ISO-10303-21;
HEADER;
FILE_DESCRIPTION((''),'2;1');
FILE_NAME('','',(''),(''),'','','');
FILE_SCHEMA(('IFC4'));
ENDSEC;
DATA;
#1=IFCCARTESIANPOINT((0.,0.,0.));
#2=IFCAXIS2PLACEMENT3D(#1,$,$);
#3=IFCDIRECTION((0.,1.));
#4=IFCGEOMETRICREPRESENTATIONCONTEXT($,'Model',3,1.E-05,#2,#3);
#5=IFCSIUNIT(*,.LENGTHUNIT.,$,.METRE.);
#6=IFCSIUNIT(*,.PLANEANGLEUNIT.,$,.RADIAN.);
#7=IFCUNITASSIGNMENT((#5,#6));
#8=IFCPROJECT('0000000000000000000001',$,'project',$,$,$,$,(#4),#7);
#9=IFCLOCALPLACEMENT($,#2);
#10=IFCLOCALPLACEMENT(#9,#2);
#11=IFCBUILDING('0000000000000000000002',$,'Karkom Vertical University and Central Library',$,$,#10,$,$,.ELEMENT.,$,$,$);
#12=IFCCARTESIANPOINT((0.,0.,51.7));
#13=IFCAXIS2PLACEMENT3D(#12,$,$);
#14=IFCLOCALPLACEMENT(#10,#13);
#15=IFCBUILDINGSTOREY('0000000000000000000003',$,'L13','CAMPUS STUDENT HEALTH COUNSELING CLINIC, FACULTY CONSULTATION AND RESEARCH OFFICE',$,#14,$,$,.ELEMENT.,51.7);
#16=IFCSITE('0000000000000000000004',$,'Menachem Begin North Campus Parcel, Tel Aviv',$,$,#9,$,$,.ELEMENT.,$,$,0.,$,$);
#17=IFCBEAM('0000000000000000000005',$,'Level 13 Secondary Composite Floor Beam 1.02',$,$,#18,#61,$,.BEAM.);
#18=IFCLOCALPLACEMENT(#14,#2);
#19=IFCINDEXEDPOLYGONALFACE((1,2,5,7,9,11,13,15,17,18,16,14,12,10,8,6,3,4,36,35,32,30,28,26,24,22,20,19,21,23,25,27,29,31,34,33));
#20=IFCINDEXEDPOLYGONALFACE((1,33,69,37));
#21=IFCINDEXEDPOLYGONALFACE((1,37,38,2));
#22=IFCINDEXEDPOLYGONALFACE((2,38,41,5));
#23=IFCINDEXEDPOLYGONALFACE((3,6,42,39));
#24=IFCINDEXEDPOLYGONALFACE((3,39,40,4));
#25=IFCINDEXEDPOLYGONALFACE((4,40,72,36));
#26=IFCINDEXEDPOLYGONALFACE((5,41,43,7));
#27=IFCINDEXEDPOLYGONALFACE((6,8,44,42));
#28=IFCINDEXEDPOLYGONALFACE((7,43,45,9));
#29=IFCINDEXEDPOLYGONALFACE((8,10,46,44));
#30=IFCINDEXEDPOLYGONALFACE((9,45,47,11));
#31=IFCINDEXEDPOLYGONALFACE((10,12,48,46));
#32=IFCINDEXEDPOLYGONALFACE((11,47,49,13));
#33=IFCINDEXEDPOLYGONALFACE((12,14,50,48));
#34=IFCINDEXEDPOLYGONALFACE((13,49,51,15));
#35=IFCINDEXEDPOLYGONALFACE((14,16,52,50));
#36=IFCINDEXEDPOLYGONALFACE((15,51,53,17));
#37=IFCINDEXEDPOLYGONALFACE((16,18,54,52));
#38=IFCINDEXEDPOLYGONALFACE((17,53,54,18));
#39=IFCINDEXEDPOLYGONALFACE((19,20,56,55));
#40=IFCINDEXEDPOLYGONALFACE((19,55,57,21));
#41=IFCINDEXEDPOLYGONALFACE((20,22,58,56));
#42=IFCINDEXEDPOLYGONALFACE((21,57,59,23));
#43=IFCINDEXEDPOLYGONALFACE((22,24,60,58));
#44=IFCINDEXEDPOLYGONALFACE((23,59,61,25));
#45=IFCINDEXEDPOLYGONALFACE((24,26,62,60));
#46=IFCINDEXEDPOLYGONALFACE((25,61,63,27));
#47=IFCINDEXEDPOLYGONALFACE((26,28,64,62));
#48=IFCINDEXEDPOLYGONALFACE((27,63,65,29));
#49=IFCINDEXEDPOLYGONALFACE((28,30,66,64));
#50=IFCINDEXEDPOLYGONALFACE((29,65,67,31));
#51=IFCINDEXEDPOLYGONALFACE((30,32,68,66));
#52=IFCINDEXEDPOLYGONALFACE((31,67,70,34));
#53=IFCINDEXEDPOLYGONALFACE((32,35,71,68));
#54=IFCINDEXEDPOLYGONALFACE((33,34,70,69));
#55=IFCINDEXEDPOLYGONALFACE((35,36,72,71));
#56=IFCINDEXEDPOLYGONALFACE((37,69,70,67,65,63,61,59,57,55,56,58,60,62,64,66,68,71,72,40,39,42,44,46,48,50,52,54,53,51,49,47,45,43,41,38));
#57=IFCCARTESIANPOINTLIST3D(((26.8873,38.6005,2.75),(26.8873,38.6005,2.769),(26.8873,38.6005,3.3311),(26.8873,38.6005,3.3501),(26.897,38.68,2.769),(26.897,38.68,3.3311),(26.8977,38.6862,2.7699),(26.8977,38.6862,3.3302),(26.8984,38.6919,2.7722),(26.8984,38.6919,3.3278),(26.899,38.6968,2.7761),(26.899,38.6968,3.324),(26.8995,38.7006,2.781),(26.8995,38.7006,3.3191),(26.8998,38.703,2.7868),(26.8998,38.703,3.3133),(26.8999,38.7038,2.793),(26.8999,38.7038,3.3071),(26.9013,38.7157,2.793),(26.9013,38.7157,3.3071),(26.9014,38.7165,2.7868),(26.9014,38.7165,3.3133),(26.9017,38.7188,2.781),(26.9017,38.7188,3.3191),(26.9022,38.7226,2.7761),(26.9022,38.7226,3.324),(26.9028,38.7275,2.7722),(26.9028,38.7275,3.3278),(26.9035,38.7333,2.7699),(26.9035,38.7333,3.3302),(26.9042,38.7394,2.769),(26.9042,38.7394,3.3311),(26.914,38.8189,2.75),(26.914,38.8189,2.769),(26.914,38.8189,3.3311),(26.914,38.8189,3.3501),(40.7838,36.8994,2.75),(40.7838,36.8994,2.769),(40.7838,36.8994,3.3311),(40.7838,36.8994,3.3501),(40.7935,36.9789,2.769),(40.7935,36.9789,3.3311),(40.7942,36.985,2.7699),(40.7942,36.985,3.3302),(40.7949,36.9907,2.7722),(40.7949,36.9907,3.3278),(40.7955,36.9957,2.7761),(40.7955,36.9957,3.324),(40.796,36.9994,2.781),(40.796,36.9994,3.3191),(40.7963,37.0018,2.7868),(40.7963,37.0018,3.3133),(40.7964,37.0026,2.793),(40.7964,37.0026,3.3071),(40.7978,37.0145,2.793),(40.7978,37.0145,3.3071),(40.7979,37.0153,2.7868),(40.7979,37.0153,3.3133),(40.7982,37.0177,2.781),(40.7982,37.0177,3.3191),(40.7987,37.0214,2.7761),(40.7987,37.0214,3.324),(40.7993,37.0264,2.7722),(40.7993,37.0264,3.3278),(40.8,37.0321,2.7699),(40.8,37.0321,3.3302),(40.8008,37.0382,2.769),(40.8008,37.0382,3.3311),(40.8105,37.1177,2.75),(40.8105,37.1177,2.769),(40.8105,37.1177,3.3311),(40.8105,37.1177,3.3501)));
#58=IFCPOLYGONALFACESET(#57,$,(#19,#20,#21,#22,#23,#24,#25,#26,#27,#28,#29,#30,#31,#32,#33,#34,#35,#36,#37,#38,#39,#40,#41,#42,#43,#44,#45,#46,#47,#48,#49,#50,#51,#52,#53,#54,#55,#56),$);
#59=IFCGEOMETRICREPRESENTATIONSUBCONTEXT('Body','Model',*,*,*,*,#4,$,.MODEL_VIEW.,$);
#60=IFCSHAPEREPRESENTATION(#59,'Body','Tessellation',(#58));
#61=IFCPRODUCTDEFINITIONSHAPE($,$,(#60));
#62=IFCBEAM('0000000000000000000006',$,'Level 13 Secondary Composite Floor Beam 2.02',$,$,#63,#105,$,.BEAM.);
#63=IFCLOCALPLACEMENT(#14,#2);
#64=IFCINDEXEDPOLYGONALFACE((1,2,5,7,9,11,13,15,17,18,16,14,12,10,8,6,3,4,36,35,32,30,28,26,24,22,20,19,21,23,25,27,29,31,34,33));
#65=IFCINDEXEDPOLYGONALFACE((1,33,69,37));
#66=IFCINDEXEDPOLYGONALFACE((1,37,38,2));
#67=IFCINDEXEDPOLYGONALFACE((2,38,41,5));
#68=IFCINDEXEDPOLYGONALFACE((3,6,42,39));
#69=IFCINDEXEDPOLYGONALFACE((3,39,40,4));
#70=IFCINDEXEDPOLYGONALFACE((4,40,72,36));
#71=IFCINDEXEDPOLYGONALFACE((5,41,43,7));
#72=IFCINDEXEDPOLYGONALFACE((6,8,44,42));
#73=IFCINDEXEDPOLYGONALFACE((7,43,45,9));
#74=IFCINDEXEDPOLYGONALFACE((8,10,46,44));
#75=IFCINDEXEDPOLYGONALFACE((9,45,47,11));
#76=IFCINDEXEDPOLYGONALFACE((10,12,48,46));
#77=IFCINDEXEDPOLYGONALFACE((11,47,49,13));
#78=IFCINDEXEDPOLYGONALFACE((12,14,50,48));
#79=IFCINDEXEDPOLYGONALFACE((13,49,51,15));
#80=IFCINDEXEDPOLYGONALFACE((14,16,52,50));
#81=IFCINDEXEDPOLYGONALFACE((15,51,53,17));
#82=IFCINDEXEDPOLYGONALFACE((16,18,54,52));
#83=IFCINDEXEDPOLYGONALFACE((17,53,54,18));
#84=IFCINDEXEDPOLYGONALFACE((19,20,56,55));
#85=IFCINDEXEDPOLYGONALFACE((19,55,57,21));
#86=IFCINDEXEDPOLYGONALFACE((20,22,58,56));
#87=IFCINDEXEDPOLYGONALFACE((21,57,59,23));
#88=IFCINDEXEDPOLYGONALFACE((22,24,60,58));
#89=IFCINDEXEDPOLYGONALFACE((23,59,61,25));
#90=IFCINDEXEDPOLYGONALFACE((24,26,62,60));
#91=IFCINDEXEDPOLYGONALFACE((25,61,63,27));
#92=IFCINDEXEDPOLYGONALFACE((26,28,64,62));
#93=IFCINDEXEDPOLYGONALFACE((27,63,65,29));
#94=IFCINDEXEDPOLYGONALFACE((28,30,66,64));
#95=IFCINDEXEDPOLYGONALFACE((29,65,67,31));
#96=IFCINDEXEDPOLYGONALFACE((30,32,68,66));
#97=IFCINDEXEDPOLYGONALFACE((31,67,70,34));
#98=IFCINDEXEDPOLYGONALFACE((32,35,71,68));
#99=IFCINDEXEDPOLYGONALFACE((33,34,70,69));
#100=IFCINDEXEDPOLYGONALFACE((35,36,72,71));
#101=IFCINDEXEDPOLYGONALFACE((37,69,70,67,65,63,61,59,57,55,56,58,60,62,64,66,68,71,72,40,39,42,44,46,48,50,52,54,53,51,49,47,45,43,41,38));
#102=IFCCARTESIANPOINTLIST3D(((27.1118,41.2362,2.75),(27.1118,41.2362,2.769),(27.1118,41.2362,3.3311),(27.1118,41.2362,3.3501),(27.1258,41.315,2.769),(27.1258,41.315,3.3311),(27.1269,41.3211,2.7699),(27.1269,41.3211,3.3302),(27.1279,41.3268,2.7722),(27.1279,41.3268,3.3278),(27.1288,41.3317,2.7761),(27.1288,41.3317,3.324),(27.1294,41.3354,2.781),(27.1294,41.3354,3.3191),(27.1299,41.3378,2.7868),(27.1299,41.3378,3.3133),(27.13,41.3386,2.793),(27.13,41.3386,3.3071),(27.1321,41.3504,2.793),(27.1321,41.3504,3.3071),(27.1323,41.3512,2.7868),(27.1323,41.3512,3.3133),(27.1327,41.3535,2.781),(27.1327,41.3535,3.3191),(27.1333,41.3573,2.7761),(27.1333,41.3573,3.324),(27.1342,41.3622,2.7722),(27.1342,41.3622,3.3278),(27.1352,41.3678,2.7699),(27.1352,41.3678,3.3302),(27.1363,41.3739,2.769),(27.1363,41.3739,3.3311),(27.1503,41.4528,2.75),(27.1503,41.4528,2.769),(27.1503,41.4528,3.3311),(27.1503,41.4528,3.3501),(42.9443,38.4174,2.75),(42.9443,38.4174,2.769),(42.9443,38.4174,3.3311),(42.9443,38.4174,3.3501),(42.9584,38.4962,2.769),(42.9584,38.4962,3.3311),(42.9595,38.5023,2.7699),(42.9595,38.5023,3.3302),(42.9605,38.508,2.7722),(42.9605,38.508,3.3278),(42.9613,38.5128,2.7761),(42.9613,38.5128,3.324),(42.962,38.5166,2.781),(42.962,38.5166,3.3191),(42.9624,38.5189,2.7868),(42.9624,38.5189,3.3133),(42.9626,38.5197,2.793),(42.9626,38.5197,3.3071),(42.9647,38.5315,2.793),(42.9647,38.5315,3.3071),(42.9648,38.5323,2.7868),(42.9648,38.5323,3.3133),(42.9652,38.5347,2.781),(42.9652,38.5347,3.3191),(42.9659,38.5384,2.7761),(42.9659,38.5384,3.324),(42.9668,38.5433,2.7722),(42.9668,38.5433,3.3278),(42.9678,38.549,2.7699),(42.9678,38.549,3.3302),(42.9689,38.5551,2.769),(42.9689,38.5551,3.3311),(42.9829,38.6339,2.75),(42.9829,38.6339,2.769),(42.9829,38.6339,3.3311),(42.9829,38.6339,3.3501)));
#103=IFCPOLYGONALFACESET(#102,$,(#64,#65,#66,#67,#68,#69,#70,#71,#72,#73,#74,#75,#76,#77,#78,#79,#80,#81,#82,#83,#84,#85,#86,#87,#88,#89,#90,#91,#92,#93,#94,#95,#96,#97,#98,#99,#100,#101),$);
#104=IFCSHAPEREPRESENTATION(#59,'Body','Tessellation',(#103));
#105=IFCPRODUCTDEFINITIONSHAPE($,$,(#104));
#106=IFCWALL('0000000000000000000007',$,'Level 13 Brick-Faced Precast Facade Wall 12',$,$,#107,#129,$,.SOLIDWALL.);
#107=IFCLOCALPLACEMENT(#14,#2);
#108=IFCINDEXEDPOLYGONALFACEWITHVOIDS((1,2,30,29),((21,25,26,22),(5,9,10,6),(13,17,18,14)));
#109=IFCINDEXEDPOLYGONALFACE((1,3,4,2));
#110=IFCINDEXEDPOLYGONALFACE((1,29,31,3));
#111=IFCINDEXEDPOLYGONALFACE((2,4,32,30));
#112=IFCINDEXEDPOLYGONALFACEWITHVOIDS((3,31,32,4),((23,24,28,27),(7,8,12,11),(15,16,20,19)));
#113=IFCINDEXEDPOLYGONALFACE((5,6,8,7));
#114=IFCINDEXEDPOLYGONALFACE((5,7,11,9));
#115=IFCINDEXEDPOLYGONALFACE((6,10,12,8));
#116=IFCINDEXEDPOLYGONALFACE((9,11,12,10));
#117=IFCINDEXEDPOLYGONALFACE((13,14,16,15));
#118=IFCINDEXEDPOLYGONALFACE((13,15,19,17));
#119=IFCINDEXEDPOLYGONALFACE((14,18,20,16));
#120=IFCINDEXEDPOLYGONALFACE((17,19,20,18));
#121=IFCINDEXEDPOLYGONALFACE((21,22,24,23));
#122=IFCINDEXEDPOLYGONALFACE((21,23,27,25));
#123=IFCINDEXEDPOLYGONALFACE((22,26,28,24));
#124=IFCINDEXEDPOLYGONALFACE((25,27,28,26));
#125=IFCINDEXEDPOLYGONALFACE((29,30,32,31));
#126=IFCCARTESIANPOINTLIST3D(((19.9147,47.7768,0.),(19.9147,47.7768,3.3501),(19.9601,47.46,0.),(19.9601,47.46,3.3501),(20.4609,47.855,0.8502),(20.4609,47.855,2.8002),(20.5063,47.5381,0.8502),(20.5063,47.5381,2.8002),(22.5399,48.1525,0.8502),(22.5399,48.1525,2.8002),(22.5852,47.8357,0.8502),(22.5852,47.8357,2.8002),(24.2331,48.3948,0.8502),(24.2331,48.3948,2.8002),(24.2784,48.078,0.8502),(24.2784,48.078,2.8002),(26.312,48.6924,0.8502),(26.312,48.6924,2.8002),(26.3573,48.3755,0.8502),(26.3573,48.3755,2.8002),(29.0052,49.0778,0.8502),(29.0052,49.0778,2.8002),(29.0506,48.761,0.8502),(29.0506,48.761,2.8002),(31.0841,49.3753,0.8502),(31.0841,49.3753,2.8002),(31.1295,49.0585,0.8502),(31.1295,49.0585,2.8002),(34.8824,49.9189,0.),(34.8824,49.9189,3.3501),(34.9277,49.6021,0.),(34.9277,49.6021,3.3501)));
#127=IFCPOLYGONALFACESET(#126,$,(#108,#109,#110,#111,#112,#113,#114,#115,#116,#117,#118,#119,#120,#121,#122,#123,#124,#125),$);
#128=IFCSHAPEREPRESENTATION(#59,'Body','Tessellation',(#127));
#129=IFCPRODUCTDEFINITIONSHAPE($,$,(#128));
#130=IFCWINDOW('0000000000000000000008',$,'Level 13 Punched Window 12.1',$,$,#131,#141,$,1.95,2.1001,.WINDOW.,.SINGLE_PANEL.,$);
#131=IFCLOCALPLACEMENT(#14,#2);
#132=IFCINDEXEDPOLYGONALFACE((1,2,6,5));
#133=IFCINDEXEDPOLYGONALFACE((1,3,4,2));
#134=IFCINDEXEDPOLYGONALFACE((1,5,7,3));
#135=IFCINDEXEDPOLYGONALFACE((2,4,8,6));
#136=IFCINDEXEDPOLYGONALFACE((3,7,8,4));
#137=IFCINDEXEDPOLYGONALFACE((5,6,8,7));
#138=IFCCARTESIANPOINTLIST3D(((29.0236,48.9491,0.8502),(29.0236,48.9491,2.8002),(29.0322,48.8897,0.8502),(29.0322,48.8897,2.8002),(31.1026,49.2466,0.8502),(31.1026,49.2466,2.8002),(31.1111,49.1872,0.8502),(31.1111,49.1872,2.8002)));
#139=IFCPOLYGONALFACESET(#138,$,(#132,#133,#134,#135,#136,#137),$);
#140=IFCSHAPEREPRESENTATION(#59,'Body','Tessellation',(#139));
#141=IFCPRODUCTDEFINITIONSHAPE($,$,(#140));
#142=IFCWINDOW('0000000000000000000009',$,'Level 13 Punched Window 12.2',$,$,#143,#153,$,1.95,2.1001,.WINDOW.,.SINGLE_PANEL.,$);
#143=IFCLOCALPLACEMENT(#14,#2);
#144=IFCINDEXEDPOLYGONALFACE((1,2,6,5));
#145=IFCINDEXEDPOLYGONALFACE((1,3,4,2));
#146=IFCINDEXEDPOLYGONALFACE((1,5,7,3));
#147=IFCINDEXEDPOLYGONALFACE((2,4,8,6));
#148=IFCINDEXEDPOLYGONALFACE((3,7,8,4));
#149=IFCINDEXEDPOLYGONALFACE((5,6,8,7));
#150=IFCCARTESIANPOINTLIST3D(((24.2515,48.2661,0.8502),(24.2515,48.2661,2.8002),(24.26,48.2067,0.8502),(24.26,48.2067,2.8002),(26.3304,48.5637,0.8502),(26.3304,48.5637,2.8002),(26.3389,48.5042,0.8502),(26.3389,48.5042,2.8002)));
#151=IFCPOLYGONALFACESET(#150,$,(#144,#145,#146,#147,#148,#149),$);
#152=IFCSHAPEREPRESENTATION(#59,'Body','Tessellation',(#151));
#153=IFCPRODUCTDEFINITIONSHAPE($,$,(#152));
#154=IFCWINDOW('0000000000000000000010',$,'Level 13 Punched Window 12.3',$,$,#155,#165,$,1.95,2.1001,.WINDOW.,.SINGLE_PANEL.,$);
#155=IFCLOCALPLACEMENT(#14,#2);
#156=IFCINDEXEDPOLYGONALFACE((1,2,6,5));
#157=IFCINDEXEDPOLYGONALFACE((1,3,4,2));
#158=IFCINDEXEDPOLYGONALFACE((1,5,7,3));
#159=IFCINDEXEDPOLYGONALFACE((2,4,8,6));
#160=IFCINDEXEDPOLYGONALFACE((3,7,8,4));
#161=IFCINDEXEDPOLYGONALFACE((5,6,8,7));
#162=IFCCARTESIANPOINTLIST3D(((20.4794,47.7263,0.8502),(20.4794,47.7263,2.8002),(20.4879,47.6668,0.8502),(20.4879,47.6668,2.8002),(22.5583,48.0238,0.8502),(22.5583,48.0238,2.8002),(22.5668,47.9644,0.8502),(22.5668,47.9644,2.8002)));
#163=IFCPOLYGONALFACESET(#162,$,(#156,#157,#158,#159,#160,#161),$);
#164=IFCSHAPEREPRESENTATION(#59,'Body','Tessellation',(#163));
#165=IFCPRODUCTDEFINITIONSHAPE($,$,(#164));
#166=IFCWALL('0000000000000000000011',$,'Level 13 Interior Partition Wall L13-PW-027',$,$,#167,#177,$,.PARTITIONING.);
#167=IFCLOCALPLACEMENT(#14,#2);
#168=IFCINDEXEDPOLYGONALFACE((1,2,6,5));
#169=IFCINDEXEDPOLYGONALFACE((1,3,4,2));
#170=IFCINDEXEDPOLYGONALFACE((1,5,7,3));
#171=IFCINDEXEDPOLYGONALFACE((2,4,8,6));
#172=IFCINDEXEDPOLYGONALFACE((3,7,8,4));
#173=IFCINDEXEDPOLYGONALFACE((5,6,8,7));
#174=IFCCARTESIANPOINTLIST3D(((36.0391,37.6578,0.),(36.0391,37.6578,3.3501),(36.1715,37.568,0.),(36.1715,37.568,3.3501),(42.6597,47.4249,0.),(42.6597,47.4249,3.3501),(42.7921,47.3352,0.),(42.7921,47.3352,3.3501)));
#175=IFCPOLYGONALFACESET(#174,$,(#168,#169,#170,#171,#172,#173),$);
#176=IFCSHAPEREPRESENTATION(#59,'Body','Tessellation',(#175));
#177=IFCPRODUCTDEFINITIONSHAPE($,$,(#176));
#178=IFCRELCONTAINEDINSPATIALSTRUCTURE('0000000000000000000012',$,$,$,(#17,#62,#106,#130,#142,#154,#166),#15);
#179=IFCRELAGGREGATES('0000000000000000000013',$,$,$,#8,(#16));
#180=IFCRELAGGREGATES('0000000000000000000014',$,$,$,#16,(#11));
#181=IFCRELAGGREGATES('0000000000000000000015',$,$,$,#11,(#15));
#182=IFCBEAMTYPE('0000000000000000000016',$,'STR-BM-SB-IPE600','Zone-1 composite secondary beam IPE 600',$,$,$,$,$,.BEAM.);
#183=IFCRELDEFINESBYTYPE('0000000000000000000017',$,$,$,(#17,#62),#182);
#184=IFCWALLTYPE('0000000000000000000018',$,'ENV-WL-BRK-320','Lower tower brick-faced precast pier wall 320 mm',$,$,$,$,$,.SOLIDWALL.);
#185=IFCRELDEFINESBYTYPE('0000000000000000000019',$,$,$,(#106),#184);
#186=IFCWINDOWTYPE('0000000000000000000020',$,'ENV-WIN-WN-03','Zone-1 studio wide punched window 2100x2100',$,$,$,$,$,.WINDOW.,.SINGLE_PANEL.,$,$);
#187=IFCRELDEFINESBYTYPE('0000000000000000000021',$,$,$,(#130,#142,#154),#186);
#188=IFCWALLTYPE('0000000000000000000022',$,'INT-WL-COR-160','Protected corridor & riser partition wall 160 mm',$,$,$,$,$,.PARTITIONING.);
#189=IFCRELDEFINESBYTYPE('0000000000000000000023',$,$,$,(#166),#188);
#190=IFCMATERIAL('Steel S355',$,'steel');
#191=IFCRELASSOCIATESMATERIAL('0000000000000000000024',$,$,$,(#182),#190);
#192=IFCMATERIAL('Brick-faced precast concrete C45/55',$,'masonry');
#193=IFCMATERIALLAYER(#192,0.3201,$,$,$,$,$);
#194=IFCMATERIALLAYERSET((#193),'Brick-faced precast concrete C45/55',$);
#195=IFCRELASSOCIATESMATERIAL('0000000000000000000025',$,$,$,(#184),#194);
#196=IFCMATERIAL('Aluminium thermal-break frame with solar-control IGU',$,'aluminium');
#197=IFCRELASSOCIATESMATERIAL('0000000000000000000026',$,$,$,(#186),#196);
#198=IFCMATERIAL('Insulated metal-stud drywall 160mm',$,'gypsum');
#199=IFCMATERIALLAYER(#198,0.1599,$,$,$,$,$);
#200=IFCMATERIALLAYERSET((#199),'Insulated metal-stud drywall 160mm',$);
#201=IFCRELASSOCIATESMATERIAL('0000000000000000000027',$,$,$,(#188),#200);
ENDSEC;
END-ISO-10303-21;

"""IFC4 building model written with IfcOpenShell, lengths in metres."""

from ifc_helpers import new_model, si_unit, direction, frame, frame_2d, origin, origin_with_axes, origin_2d, place, context, subcontext, project, spatial, rectangle, i_section, extrude, source, transform, mapped, material, layer, layer_set, material_profile, profile_set, type_object, element, fill, save


model = new_model("IFC4")

# Units and contexts
model_context = context("Model", 3, precision=1e-05, world=origin(), true_north=direction((0.0, 1.0)))
body_context = subcontext(model_context, "Body", "Model", "MODEL_VIEW")
ifc_project = project(units=[si_unit("LENGTHUNIT", "METRE"), si_unit("PLANEANGLEUNIT", "RADIAN")], contexts=[model_context])

# Site, building, storey
site_placement = place(None, origin())
site = spatial("IfcSite", under=ifc_project, at=site_placement, Name="Menachem Begin North Campus Parcel, Tel Aviv", CompositionType="ELEMENT", RefElevation=0.0)
building_placement = place(site_placement, origin())
building = spatial("IfcBuilding", under=site, at=building_placement, Name="Karkom Vertical University and Central Library", CompositionType="ELEMENT")
storey_placement = place(building_placement, frame((0.0, 0.0, 51.7)))
storey = spatial("IfcBuildingStorey", under=building, at=storey_placement, Name="L13", Description="CAMPUS STUDENT HEALTH COUNSELING CLINIC, FACULTY CONSULTATION AND RESEARCH OFFICE", CompositionType="ELEMENT", Elevation=51.7)

# Beams
ifc_material_1 = material(Name="Steel S355", Category="steel")
ifc_material_profile = material_profile(ifc_material_1, i_section(OverallWidth=0.22, OverallDepth=0.6001, WebThickness=0.012, FlangeThickness=0.019, FilletRadius=0.0239, at=origin_2d()), Name="IPE 600")
ifc_profile_set = profile_set([ifc_material_profile], Name="Steel S355")
beam_type = type_object("IfcBeamType", Name="STR-BM-SB-IPE600", Description="Zone-1 composite secondary beam IPE 600", PredefinedType="BEAM", material=ifc_profile_set)
shared_shape_1 = source(origin_with_axes(), body_context, "Body", "SweptSolid", [
    extrude(i_section(OverallWidth=0.22, OverallDepth=0.6001, WebThickness=0.012, FlangeThickness=0.019, FilletRadius=0.0239, at=origin_2d()), origin(), (0.0, 0.0, 1.0), 14.0002),
])
beam_1_placement = place(storey_placement, frame((40.7971, 37.0085, 3.05), z_axis=(-0.99259, 0.12151, 0.0), x_axis=(-0.12151, -0.99259, 0.0)))
element("IfcBeam", 1, at=beam_1_placement, inside=storey, type_object=beam_type, Name="Level 13 Secondary Composite Floor Beam 1.02", PredefinedType="BEAM", context=body_context, shape_type="MappedRepresentation", body=[
    mapped(shared_shape_1, transform((0.0, 0.0, 0.0), scale=1.0)),
])
shared_shape_2 = source(origin_with_axes(), body_context, "Body", "SweptSolid", [
    extrude(i_section(OverallWidth=0.22, OverallDepth=0.6001, WebThickness=0.012, FlangeThickness=0.019, FilletRadius=0.0239, at=origin_2d()), origin(), (0.0, 0.0, 1.0), 16.0815),
])
beam_2_placement = place(storey_placement, frame((42.9636, 38.5256, 3.05), z_axis=(-0.984518, 0.175285, 0.0), x_axis=(-0.175285, -0.984518, 0.0)))
element("IfcBeam", 2, at=beam_2_placement, inside=storey, type_object=beam_type, Name="Level 13 Secondary Composite Floor Beam 2.02", PredefinedType="BEAM", context=body_context, shape_type="MappedRepresentation", body=[
    mapped(shared_shape_2, transform((0.0, 0.0, 0.0), scale=1.0)),
])

# Wall, openings, windows
ifc_material_2 = material(Name="Brick-faced precast concrete C45/55", Category="masonry")
ifc_layer_1 = layer(ifc_material_2, 0.3201)
ifc_layer_set_1 = layer_set([ifc_layer_1], Name="Brick-faced precast concrete C45/55")
wall_type_1 = type_object("IfcWallType", Name="ENV-WL-BRK-320", Description="Lower tower brick-faced precast pier wall 320 mm", PredefinedType="SOLIDWALL", material=ifc_layer_set_1)
wall_1_placement = place(storey_placement, frame((34.905, 49.7605, 0.0), z_axis=(0.0, 0.0, 1.0), x_axis=(-0.989914, -0.141672, 0.0)))
wall_1 = element("IfcWall", 3, at=wall_1_placement, inside=storey, type_object=wall_type_1, Name="Level 13 Brick-Faced Precast Facade Wall 12", PredefinedType="SOLIDWALL", context=body_context, shape_type="SweptSolid", body=[
    extrude(rectangle(XDim=15.1201, YDim=0.3201, at=frame_2d((7.5601, 0.0))), origin(), (0.0, 0.0, 1.0), 3.3501),
])
opening_1_placement = place(wall_1_placement, frame((3.8369, 0.0, 0.8501)))
opening_1 = element("IfcOpeningElement", 4, at=opening_1_placement, cuts=wall_1, PredefinedType="OPENING", context=body_context, shape_type="SweptSolid", body=[
    extrude(rectangle(XDim=2.1001, YDim=1.95, at=frame_2d((1.05, 0.9751))), frame((0.0, 0.1699, 0.0), z_axis=(0.0, -1.0, 0.0), x_axis=(1.0, 0.0, 0.0)), (0.0, 0.0, 1.0), 0.3401),
])
opening_2_placement = place(wall_1_placement, frame((8.6577, 0.0, 0.8501)))
opening_2 = element("IfcOpeningElement", 5, at=opening_2_placement, cuts=wall_1, PredefinedType="OPENING", context=body_context, shape_type="SweptSolid", body=[
    extrude(rectangle(XDim=2.1001, YDim=1.95, at=frame_2d((1.05, 0.9751))), frame((0.0, 0.1699, 0.0), z_axis=(0.0, -1.0, 0.0), x_axis=(1.0, 0.0, 0.0)), (0.0, 0.0, 1.0), 0.3401),
])
opening_3_placement = place(wall_1_placement, frame((12.4683, 0.0, 0.8501)))
opening_3 = element("IfcOpeningElement", 6, at=opening_3_placement, cuts=wall_1, PredefinedType="OPENING", context=body_context, shape_type="SweptSolid", body=[
    extrude(rectangle(XDim=2.1001, YDim=1.95, at=frame_2d((1.05, 0.9751))), frame((0.0, 0.1699, 0.0), z_axis=(0.0, -1.0, 0.0), x_axis=(1.0, 0.0, 0.0)), (0.0, 0.0, 1.0), 0.3401),
])
ifc_material_3 = material(Name="Aluminium thermal-break frame with solar-control IGU", Category="aluminium")
window_type = type_object("IfcWindowType", Name="ENV-WIN-WN-03", Description="Zone-1 studio wide punched window 2100x2100", PartitioningType="SINGLE_PANEL", PredefinedType="WINDOW", material=ifc_material_3)
shared_shape_3 = source(origin_with_axes(), body_context, "Body", "SweptSolid", [
    extrude(rectangle(XDim=2.1001, YDim=1.95, at=frame_2d((1.05, 0.9751))), frame((0.0, 0.03, 0.0), z_axis=(0.0, -1.0, 0.0), x_axis=(1.0, 0.0, 0.0)), (0.0, 0.0, 1.0), 0.0601),
])
window_1_placement = place(opening_1_placement, origin())
window_1 = element("IfcWindow", 7, at=window_1_placement, inside=storey, type_object=window_type, Name="Level 13 Punched Window 12.1", OverallHeight=1.95, OverallWidth=2.1001, PartitioningType="SINGLE_PANEL", PredefinedType="WINDOW", context=body_context, shape_type="MappedRepresentation", body=[
    mapped(shared_shape_3, transform((0.0, 0.0, 0.0), scale=1.0)),
])
fill(opening_1, window_1)
window_2_placement = place(opening_2_placement, origin())
window_2 = element("IfcWindow", 8, at=window_2_placement, inside=storey, type_object=window_type, Name="Level 13 Punched Window 12.2", OverallHeight=1.95, OverallWidth=2.1001, PartitioningType="SINGLE_PANEL", PredefinedType="WINDOW", context=body_context, shape_type="MappedRepresentation", body=[
    mapped(shared_shape_3, transform((0.0, 0.0, 0.0), scale=1.0)),
])
fill(opening_2, window_2)
window_3_placement = place(opening_3_placement, origin())
window_3 = element("IfcWindow", 9, at=window_3_placement, inside=storey, type_object=window_type, Name="Level 13 Punched Window 12.3", OverallHeight=1.95, OverallWidth=2.1001, PartitioningType="SINGLE_PANEL", PredefinedType="WINDOW", context=body_context, shape_type="MappedRepresentation", body=[
    mapped(shared_shape_3, transform((0.0, 0.0, 0.0), scale=1.0)),
])
fill(opening_3, window_3)

# Shared definitions
ifc_material_4 = material(Name="Insulated metal-stud drywall 160mm", Category="gypsum")
ifc_layer_2 = layer(ifc_material_4, 0.1599)
ifc_layer_set_2 = layer_set([ifc_layer_2], Name="Insulated metal-stud drywall 160mm")
wall_type_2 = type_object("IfcWallType", Name="INT-WL-COR-160", Description="Protected corridor & riser partition wall 160 mm", PredefinedType="PARTITIONING", material=ifc_layer_set_2)

# Wall
wall_2_placement = place(storey_placement, frame((36.1052, 37.6128, 0.0), z_axis=(0.0, 0.0, 1.0), x_axis=(0.561092, 0.827754, 0.0)))
element("IfcWall", 10, at=wall_2_placement, inside=storey, type_object=wall_type_2, Name="Level 13 Interior Partition Wall L13-PW-027", PredefinedType="PARTITIONING", context=body_context, shape_type="SweptSolid", body=[
    extrude(rectangle(XDim=11.7996, YDim=0.1599, at=frame_2d((5.8999, 0.0))), origin(), (0.0, 0.0, 1.0), 3.3501),
])

save(model, "model.ifc")
